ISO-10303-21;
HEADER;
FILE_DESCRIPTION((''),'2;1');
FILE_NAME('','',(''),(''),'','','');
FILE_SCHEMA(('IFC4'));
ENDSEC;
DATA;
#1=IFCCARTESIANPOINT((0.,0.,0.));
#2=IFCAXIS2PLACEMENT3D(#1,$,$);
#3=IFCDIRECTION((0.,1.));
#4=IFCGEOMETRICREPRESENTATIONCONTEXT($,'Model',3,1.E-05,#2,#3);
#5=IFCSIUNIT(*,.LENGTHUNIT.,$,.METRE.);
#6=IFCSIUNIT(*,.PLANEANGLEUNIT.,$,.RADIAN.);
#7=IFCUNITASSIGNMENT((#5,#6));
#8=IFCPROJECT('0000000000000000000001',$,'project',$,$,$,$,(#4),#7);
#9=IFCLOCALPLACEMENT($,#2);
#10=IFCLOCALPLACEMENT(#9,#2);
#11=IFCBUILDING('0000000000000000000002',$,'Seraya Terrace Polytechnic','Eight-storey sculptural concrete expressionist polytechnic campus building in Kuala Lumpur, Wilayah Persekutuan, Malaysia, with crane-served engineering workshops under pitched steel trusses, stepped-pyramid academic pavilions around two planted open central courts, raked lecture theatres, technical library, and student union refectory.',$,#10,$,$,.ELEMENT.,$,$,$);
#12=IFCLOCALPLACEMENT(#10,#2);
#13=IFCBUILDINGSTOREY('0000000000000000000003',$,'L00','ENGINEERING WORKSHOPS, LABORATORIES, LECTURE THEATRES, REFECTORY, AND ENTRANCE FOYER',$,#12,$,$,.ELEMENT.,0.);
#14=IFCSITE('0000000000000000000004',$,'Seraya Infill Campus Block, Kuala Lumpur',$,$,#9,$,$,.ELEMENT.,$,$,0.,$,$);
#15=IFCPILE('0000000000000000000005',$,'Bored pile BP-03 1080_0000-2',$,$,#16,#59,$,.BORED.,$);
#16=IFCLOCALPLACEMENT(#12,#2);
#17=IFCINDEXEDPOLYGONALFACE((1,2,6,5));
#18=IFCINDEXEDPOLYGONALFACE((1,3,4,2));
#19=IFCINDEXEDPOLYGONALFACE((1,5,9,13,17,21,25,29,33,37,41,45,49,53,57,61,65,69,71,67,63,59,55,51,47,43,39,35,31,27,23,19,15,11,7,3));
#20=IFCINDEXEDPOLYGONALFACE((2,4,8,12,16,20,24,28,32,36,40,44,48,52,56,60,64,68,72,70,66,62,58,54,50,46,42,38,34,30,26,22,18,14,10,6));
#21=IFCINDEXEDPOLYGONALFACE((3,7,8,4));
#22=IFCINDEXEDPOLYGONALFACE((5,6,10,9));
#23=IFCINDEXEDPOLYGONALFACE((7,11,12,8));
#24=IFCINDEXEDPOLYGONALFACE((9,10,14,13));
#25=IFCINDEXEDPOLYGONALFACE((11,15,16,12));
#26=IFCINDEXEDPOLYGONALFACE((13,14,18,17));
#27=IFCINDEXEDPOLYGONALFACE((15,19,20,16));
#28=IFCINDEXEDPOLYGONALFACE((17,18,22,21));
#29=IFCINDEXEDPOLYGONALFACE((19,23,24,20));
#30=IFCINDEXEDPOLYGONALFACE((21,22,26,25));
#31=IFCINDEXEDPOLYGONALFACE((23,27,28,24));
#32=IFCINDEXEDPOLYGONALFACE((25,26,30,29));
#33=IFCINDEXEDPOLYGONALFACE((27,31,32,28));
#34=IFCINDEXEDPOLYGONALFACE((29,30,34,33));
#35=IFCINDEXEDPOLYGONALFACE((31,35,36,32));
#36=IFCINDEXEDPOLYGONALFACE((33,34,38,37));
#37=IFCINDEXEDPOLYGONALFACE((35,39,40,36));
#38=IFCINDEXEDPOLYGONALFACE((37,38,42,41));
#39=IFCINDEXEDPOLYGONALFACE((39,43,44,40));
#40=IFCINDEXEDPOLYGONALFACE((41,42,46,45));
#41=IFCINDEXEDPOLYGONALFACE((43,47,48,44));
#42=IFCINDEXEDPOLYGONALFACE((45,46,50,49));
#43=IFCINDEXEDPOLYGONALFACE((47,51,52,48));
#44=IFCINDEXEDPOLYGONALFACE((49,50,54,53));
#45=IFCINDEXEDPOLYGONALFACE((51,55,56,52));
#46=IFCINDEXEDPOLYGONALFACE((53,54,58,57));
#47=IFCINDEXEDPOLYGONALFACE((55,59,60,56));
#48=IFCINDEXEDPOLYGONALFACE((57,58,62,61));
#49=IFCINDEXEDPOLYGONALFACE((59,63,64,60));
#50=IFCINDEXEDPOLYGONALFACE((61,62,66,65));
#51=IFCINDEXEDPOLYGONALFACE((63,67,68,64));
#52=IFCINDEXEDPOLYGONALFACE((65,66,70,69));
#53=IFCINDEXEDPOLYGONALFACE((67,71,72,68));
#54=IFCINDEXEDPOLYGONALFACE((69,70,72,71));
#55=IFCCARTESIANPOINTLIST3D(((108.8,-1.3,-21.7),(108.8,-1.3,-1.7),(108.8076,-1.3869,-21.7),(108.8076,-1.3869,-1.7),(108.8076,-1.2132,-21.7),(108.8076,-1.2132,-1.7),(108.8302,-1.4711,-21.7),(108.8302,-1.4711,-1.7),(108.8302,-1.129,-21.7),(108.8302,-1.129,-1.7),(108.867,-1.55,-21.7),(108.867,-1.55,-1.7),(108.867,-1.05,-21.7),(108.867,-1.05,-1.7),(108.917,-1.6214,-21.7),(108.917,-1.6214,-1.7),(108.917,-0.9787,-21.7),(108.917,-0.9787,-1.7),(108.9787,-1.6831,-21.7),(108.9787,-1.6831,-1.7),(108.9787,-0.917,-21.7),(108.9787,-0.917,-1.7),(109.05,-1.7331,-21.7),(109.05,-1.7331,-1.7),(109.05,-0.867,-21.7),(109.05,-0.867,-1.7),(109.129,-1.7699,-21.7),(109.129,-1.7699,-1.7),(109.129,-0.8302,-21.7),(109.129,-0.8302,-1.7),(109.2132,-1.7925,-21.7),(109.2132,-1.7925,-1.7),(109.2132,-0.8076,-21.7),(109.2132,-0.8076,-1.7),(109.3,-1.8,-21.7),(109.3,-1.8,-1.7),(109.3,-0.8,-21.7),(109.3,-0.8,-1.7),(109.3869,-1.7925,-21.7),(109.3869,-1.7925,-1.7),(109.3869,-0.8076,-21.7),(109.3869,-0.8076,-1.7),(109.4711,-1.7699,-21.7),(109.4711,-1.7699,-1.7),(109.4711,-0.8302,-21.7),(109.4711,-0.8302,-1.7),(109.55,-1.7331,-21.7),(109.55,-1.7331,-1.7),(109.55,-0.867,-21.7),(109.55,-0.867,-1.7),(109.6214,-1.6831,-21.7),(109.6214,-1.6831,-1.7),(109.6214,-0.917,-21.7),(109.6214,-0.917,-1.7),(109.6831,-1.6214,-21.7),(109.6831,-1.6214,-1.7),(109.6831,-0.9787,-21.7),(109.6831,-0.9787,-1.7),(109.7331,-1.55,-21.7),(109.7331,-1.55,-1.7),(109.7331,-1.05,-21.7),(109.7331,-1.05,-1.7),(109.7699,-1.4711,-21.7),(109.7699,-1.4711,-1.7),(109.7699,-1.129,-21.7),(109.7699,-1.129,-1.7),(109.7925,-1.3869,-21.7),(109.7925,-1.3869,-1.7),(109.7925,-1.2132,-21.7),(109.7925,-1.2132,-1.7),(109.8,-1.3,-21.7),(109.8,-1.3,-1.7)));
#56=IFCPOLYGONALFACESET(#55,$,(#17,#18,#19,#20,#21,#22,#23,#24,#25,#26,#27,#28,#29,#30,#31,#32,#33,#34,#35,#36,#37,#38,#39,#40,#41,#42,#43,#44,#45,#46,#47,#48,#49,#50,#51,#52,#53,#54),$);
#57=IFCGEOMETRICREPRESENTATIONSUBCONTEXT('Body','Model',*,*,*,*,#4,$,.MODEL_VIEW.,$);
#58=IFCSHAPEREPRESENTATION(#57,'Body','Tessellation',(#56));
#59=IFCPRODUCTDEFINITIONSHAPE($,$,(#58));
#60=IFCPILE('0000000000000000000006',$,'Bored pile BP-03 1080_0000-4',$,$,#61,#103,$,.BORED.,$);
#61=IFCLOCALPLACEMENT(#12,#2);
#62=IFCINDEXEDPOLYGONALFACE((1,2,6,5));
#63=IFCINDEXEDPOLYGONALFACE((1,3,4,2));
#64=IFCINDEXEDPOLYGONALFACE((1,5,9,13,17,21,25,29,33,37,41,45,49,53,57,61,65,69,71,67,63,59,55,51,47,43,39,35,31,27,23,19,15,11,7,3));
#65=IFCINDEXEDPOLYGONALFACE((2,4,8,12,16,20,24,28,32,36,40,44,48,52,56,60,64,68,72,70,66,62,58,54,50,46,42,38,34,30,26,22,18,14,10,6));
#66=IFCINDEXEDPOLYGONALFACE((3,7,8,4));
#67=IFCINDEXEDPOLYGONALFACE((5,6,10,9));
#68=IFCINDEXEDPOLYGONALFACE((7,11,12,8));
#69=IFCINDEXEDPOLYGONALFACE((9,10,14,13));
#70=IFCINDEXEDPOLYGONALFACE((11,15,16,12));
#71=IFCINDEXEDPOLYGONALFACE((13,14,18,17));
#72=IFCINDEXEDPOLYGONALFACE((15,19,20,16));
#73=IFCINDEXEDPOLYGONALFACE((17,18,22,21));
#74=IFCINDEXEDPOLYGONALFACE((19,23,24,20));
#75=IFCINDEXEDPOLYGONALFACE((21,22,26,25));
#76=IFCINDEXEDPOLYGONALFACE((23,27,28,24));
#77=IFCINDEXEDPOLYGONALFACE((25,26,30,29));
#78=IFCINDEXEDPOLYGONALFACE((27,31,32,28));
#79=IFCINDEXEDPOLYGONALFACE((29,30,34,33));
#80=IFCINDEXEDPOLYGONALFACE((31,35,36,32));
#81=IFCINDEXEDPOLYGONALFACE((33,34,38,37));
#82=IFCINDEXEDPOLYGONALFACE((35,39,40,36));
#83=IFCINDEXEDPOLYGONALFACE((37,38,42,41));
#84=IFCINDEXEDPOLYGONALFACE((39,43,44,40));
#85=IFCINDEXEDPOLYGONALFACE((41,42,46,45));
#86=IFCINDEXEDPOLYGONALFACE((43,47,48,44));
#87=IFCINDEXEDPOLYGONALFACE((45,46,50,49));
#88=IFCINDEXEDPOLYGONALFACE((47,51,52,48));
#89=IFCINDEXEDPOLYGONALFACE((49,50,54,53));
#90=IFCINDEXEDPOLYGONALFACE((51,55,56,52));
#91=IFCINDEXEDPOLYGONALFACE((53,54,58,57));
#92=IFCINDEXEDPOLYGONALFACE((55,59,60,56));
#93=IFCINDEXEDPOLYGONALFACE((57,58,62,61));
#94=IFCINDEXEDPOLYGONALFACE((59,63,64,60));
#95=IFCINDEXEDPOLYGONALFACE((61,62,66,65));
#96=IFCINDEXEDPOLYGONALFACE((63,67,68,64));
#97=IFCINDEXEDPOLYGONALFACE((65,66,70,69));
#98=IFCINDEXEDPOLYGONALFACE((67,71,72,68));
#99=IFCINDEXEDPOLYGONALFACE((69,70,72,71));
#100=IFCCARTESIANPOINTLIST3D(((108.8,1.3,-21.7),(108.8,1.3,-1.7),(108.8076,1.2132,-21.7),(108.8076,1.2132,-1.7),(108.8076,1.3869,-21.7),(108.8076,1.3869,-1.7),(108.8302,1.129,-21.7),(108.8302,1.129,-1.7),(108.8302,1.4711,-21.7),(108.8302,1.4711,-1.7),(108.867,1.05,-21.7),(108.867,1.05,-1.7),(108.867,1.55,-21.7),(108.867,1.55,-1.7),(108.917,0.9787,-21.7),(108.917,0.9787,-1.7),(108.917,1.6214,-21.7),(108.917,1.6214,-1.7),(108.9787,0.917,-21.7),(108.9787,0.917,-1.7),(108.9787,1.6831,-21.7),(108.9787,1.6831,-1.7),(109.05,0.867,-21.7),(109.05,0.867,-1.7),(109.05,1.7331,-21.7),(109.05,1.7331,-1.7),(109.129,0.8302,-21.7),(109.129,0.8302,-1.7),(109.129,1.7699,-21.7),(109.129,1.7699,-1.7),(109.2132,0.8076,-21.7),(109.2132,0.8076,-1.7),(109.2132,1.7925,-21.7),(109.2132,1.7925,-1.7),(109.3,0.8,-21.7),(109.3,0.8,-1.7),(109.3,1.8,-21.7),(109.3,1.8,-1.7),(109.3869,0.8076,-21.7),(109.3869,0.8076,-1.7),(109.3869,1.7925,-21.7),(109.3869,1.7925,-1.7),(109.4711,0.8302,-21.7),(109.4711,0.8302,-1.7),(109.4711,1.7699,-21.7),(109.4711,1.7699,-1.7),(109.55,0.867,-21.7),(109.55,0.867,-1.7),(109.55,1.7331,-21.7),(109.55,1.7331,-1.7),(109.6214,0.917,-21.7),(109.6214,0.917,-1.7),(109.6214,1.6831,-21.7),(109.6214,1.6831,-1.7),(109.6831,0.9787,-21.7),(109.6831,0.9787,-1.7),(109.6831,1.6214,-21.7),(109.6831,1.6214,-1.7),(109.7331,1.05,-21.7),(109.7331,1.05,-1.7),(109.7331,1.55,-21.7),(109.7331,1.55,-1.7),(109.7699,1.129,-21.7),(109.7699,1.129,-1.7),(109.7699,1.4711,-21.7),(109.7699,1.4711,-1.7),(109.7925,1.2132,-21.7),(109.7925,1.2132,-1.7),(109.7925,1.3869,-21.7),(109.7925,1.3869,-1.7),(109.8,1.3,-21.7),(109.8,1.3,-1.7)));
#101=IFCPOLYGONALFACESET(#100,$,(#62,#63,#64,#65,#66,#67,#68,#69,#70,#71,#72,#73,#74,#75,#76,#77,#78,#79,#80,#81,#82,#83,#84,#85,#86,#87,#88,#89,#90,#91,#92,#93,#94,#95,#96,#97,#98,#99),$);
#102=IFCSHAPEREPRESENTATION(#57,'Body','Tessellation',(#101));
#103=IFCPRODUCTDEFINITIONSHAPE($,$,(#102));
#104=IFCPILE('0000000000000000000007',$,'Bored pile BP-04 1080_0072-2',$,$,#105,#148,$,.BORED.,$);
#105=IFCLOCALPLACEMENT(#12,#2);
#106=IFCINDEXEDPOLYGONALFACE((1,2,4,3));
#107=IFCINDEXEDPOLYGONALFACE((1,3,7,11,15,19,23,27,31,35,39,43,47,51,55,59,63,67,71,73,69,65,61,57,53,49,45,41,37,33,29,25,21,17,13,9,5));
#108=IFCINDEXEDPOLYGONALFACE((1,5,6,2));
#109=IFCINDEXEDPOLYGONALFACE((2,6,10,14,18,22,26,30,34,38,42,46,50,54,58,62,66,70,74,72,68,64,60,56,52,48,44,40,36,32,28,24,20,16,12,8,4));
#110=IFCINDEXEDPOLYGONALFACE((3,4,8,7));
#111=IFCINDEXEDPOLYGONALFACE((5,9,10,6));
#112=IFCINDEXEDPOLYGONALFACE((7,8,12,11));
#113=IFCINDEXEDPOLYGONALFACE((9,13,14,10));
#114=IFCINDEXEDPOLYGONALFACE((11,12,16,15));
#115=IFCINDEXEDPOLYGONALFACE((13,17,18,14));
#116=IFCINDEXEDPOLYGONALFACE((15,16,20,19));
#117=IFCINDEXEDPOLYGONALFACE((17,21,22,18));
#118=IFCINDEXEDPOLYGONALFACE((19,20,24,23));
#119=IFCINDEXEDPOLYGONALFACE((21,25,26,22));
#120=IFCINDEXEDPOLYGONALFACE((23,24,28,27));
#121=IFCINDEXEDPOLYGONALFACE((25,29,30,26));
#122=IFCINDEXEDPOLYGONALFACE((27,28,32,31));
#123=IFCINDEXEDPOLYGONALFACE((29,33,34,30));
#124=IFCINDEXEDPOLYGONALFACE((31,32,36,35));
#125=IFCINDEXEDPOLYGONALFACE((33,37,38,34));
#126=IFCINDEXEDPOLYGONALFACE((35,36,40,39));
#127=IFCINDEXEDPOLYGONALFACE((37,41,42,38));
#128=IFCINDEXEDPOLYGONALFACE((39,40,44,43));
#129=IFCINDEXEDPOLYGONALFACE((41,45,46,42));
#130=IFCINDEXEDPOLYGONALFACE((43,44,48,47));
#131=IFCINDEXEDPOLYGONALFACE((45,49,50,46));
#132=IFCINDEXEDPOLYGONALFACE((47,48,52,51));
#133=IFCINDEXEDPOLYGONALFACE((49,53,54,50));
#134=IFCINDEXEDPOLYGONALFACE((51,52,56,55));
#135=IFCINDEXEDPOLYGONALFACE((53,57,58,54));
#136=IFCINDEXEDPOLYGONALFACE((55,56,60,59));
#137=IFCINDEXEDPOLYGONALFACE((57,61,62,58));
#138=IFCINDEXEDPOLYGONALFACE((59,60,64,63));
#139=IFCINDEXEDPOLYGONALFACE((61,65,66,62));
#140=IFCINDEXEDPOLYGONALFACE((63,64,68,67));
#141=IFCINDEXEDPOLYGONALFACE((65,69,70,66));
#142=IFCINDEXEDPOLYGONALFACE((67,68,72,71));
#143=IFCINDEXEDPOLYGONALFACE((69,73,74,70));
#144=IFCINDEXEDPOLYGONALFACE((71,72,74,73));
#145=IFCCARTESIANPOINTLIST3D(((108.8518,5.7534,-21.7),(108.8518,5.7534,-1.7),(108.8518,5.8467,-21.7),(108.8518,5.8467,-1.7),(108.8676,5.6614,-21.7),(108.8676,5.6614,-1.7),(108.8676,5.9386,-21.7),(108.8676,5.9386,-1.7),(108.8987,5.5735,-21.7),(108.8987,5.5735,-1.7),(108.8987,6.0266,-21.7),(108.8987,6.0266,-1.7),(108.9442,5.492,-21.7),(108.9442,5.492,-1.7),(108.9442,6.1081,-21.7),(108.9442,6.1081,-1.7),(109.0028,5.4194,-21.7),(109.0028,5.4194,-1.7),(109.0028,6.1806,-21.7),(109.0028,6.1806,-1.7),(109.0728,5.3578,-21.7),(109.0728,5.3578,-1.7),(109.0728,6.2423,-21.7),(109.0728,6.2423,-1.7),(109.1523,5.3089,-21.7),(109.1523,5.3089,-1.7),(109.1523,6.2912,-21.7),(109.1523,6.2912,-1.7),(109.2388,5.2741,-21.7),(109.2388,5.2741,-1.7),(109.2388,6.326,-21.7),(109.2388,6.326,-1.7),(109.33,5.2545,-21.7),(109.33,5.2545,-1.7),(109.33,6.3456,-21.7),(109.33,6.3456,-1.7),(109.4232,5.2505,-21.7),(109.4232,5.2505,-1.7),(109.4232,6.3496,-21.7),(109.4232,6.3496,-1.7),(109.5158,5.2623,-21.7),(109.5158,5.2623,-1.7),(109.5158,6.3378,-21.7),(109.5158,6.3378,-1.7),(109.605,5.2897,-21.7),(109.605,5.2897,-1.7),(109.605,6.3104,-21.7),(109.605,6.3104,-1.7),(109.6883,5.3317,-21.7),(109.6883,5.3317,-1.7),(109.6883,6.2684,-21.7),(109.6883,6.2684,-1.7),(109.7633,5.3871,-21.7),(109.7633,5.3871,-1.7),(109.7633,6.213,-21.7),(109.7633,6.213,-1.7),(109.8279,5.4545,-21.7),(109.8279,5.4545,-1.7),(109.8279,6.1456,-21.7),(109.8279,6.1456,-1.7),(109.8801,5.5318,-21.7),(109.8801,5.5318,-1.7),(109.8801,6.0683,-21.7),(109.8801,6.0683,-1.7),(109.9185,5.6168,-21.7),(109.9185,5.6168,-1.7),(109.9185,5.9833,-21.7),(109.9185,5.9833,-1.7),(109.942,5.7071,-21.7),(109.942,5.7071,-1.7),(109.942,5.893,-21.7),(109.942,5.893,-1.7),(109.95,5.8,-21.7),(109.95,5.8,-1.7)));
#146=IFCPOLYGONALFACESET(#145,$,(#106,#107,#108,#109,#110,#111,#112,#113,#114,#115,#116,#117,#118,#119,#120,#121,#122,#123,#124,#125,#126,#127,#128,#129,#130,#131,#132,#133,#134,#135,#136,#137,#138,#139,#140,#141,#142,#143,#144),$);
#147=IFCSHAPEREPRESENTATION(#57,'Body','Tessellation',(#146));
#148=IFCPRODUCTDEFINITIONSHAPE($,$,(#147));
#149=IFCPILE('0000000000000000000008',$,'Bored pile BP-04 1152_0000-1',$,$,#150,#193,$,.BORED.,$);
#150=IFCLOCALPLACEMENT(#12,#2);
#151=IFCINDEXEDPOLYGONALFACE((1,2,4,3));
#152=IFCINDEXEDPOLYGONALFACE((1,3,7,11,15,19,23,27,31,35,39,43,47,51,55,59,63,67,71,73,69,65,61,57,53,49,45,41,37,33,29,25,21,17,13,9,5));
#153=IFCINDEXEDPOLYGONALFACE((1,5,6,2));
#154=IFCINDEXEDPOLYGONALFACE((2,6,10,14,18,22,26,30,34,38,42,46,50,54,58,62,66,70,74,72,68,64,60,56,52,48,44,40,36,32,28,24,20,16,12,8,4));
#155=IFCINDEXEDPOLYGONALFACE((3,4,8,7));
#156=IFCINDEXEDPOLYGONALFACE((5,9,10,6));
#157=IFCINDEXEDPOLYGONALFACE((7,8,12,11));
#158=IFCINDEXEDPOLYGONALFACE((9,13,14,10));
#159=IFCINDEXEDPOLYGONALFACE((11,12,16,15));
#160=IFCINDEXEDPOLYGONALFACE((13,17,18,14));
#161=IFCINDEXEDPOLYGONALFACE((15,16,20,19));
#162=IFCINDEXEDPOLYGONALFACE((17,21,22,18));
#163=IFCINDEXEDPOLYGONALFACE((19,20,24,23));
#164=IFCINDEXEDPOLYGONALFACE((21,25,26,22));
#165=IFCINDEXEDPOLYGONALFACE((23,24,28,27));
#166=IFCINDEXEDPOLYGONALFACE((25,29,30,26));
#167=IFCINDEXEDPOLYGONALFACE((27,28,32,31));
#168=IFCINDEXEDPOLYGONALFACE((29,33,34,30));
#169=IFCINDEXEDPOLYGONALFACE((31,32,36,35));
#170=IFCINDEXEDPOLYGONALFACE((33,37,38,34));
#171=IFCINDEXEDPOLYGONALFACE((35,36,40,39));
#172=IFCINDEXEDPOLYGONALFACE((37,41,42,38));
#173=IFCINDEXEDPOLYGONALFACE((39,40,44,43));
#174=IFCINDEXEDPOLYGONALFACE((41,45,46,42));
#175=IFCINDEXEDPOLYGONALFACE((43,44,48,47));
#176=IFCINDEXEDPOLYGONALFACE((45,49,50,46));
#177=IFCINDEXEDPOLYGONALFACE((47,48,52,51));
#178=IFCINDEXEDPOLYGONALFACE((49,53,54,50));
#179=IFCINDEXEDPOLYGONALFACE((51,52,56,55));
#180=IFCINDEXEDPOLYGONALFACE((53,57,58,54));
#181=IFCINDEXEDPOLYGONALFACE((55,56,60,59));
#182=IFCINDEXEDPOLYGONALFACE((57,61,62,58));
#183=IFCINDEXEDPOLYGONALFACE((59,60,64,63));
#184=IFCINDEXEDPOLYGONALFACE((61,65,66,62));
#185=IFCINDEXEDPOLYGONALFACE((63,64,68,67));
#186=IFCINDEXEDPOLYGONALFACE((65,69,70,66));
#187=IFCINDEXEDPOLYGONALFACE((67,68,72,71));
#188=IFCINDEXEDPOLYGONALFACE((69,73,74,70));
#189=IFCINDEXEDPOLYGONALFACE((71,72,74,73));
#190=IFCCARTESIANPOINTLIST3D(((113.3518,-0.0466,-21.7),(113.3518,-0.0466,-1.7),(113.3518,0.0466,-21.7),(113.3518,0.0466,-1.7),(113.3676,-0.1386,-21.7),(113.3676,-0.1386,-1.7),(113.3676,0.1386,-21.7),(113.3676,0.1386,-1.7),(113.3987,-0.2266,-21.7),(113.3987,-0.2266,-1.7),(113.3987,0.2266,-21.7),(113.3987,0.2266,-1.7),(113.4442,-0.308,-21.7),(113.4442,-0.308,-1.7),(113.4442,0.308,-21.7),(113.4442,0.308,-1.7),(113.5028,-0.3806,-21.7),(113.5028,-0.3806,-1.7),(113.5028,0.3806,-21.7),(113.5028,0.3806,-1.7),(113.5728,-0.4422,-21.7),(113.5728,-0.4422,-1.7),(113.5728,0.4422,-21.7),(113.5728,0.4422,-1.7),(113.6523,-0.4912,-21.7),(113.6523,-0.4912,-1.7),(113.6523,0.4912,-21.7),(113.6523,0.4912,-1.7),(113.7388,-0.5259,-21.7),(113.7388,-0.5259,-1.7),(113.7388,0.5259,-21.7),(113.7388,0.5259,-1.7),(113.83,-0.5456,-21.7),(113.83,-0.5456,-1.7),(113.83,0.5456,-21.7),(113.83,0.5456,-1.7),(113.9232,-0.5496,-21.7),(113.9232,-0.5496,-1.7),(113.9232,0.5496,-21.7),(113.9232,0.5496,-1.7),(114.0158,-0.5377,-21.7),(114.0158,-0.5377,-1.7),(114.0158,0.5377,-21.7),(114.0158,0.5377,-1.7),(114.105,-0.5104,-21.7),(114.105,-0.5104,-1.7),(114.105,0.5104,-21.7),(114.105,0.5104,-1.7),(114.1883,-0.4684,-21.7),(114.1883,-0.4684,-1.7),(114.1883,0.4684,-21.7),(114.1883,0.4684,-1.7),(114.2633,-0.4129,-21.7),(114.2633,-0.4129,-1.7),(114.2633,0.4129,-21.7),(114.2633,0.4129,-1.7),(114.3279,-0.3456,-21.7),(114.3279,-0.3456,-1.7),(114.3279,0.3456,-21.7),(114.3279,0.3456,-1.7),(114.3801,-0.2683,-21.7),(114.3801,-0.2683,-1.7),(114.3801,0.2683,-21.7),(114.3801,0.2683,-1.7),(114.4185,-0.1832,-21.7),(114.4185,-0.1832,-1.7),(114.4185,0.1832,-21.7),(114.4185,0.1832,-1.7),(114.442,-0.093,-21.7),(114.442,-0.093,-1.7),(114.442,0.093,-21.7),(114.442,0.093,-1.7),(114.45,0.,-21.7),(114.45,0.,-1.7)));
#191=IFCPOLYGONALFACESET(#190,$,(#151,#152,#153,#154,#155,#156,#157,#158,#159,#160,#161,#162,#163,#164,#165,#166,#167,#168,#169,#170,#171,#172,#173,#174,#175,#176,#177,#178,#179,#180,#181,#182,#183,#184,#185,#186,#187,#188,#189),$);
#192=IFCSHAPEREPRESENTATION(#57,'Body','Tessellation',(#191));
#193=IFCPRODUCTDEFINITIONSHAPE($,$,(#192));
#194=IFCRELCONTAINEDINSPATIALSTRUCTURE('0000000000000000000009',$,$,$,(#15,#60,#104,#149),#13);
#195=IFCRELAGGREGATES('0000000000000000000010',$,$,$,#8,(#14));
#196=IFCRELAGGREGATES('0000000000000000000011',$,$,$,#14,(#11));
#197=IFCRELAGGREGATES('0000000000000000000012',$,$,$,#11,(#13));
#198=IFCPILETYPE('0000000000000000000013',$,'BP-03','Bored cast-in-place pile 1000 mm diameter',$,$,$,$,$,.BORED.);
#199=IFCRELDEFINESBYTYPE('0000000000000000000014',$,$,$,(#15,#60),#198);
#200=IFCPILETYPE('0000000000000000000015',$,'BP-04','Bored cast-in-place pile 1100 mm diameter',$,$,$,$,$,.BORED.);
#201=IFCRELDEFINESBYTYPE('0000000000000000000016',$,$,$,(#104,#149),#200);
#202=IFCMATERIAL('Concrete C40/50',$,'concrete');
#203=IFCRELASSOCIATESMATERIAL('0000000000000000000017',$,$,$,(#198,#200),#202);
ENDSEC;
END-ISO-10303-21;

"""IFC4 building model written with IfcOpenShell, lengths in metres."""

from ifc_helpers import new_model, si_unit, direction, frame, origin, origin_2d, place, context, subcontext, project, spatial, circle, extrude, material, material_profile, profile_set, type_object, element, save


model = new_model("IFC4")

# Units and contexts
model_context = context("Model", 3, precision=1e-05, world=origin(), true_north=direction((0.0, 1.0)))
body_context = subcontext(model_context, "Body", "Model", "MODEL_VIEW")
ifc_project = project(units=[si_unit("LENGTHUNIT", "METRE"), si_unit("PLANEANGLEUNIT", "RADIAN")], contexts=[model_context])

# Site, building, storey
site_placement = place(None, origin())
site = spatial("IfcSite", under=ifc_project, at=site_placement, Name="Seraya Infill Campus Block, Kuala Lumpur", CompositionType="ELEMENT", RefElevation=0.0)
building_placement = place(site_placement, origin())
building = spatial("IfcBuilding", under=site, at=building_placement, Name="Seraya Terrace Polytechnic", Description="Eight-storey sculptural concrete expressionist polytechnic campus building in Kuala Lumpur, Wilayah Persekutuan, Malaysia, with crane-served engineering workshops under pitched steel trusses, stepped-pyramid academic pavilions around two planted open central courts, raked lecture theatres, technical library, and student union refectory.", CompositionType="ELEMENT")
storey_placement = place(building_placement, origin())
storey = spatial("IfcBuildingStorey", under=building, at=storey_placement, Name="L00", Description="ENGINEERING WORKSHOPS, LABORATORIES, LECTURE THEATRES, REFECTORY, AND ENTRANCE FOYER", CompositionType="ELEMENT", Elevation=0.0)

# Piles
ifc_material_1 = material(Name="Concrete C40/50", Category="concrete")
ifc_material_profile_1 = material_profile(ifc_material_1, circle(Radius=0.5, at=origin_2d()), Name="DIA 1000")
ifc_profile_set_1 = profile_set([ifc_material_profile_1], Name="Concrete C40/50")
pile_type_1 = type_object("IfcPileType", Name="BP-03", Description="Bored cast-in-place pile 1000 mm diameter", PredefinedType="BORED", material=ifc_profile_set_1)
for number, where, z_axis, x_axis, name in (
    (1, (109.3, -1.3, -1.7), (0.0, 0.0, -1.0), (1.0, 0.0, 0.0), "Bored pile BP-03 1080_0000-2"),
    (2, (109.3, 1.3, -1.7), (0.0, 0.0, -1.0), (1.0, 0.0, 0.0), "Bored pile BP-03 1080_0000-4"),
):
    element("IfcPile", number, at=place(storey_placement, frame(where, z_axis=z_axis, x_axis=x_axis)), inside=storey, type_object=pile_type_1, Name=name, PredefinedType="BORED", context=body_context, shape_type="SweptSolid", body=[
        extrude(circle(Radius=0.5, at=origin_2d()), origin(), (0.0, 0.0, 1.0), 20.0),
    ])
ifc_material_profile_2 = material_profile(ifc_material_1, circle(Radius=0.55, at=origin_2d()), Name="DIA 1100")
ifc_profile_set_2 = profile_set([ifc_material_profile_2], Name="Concrete C40/50")
pile_type_2 = type_object("IfcPileType", Name="BP-04", Description="Bored cast-in-place pile 1100 mm diameter", PredefinedType="BORED", material=ifc_profile_set_2)
for number, where, z_axis, x_axis, name in (
    (3, (109.3999, 5.8, -1.7), (0.0, 0.0, -1.0), (1.0, 0.0, 0.0), "Bored pile BP-04 1080_0072-2"),
    (4, (113.8999, 0.0, -1.7), (0.0, 0.0, -1.0), (1.0, 0.0, 0.0), "Bored pile BP-04 1152_0000-1"),
):
    element("IfcPile", number, at=place(storey_placement, frame(where, z_axis=z_axis, x_axis=x_axis)), inside=storey, type_object=pile_type_2, Name=name, PredefinedType="BORED", context=body_context, shape_type="SweptSolid", body=[
        extrude(circle(Radius=0.55, at=origin_2d()), origin(), (0.0, 0.0, 1.0), 20.0),
    ])

save(model, "model.ifc")
